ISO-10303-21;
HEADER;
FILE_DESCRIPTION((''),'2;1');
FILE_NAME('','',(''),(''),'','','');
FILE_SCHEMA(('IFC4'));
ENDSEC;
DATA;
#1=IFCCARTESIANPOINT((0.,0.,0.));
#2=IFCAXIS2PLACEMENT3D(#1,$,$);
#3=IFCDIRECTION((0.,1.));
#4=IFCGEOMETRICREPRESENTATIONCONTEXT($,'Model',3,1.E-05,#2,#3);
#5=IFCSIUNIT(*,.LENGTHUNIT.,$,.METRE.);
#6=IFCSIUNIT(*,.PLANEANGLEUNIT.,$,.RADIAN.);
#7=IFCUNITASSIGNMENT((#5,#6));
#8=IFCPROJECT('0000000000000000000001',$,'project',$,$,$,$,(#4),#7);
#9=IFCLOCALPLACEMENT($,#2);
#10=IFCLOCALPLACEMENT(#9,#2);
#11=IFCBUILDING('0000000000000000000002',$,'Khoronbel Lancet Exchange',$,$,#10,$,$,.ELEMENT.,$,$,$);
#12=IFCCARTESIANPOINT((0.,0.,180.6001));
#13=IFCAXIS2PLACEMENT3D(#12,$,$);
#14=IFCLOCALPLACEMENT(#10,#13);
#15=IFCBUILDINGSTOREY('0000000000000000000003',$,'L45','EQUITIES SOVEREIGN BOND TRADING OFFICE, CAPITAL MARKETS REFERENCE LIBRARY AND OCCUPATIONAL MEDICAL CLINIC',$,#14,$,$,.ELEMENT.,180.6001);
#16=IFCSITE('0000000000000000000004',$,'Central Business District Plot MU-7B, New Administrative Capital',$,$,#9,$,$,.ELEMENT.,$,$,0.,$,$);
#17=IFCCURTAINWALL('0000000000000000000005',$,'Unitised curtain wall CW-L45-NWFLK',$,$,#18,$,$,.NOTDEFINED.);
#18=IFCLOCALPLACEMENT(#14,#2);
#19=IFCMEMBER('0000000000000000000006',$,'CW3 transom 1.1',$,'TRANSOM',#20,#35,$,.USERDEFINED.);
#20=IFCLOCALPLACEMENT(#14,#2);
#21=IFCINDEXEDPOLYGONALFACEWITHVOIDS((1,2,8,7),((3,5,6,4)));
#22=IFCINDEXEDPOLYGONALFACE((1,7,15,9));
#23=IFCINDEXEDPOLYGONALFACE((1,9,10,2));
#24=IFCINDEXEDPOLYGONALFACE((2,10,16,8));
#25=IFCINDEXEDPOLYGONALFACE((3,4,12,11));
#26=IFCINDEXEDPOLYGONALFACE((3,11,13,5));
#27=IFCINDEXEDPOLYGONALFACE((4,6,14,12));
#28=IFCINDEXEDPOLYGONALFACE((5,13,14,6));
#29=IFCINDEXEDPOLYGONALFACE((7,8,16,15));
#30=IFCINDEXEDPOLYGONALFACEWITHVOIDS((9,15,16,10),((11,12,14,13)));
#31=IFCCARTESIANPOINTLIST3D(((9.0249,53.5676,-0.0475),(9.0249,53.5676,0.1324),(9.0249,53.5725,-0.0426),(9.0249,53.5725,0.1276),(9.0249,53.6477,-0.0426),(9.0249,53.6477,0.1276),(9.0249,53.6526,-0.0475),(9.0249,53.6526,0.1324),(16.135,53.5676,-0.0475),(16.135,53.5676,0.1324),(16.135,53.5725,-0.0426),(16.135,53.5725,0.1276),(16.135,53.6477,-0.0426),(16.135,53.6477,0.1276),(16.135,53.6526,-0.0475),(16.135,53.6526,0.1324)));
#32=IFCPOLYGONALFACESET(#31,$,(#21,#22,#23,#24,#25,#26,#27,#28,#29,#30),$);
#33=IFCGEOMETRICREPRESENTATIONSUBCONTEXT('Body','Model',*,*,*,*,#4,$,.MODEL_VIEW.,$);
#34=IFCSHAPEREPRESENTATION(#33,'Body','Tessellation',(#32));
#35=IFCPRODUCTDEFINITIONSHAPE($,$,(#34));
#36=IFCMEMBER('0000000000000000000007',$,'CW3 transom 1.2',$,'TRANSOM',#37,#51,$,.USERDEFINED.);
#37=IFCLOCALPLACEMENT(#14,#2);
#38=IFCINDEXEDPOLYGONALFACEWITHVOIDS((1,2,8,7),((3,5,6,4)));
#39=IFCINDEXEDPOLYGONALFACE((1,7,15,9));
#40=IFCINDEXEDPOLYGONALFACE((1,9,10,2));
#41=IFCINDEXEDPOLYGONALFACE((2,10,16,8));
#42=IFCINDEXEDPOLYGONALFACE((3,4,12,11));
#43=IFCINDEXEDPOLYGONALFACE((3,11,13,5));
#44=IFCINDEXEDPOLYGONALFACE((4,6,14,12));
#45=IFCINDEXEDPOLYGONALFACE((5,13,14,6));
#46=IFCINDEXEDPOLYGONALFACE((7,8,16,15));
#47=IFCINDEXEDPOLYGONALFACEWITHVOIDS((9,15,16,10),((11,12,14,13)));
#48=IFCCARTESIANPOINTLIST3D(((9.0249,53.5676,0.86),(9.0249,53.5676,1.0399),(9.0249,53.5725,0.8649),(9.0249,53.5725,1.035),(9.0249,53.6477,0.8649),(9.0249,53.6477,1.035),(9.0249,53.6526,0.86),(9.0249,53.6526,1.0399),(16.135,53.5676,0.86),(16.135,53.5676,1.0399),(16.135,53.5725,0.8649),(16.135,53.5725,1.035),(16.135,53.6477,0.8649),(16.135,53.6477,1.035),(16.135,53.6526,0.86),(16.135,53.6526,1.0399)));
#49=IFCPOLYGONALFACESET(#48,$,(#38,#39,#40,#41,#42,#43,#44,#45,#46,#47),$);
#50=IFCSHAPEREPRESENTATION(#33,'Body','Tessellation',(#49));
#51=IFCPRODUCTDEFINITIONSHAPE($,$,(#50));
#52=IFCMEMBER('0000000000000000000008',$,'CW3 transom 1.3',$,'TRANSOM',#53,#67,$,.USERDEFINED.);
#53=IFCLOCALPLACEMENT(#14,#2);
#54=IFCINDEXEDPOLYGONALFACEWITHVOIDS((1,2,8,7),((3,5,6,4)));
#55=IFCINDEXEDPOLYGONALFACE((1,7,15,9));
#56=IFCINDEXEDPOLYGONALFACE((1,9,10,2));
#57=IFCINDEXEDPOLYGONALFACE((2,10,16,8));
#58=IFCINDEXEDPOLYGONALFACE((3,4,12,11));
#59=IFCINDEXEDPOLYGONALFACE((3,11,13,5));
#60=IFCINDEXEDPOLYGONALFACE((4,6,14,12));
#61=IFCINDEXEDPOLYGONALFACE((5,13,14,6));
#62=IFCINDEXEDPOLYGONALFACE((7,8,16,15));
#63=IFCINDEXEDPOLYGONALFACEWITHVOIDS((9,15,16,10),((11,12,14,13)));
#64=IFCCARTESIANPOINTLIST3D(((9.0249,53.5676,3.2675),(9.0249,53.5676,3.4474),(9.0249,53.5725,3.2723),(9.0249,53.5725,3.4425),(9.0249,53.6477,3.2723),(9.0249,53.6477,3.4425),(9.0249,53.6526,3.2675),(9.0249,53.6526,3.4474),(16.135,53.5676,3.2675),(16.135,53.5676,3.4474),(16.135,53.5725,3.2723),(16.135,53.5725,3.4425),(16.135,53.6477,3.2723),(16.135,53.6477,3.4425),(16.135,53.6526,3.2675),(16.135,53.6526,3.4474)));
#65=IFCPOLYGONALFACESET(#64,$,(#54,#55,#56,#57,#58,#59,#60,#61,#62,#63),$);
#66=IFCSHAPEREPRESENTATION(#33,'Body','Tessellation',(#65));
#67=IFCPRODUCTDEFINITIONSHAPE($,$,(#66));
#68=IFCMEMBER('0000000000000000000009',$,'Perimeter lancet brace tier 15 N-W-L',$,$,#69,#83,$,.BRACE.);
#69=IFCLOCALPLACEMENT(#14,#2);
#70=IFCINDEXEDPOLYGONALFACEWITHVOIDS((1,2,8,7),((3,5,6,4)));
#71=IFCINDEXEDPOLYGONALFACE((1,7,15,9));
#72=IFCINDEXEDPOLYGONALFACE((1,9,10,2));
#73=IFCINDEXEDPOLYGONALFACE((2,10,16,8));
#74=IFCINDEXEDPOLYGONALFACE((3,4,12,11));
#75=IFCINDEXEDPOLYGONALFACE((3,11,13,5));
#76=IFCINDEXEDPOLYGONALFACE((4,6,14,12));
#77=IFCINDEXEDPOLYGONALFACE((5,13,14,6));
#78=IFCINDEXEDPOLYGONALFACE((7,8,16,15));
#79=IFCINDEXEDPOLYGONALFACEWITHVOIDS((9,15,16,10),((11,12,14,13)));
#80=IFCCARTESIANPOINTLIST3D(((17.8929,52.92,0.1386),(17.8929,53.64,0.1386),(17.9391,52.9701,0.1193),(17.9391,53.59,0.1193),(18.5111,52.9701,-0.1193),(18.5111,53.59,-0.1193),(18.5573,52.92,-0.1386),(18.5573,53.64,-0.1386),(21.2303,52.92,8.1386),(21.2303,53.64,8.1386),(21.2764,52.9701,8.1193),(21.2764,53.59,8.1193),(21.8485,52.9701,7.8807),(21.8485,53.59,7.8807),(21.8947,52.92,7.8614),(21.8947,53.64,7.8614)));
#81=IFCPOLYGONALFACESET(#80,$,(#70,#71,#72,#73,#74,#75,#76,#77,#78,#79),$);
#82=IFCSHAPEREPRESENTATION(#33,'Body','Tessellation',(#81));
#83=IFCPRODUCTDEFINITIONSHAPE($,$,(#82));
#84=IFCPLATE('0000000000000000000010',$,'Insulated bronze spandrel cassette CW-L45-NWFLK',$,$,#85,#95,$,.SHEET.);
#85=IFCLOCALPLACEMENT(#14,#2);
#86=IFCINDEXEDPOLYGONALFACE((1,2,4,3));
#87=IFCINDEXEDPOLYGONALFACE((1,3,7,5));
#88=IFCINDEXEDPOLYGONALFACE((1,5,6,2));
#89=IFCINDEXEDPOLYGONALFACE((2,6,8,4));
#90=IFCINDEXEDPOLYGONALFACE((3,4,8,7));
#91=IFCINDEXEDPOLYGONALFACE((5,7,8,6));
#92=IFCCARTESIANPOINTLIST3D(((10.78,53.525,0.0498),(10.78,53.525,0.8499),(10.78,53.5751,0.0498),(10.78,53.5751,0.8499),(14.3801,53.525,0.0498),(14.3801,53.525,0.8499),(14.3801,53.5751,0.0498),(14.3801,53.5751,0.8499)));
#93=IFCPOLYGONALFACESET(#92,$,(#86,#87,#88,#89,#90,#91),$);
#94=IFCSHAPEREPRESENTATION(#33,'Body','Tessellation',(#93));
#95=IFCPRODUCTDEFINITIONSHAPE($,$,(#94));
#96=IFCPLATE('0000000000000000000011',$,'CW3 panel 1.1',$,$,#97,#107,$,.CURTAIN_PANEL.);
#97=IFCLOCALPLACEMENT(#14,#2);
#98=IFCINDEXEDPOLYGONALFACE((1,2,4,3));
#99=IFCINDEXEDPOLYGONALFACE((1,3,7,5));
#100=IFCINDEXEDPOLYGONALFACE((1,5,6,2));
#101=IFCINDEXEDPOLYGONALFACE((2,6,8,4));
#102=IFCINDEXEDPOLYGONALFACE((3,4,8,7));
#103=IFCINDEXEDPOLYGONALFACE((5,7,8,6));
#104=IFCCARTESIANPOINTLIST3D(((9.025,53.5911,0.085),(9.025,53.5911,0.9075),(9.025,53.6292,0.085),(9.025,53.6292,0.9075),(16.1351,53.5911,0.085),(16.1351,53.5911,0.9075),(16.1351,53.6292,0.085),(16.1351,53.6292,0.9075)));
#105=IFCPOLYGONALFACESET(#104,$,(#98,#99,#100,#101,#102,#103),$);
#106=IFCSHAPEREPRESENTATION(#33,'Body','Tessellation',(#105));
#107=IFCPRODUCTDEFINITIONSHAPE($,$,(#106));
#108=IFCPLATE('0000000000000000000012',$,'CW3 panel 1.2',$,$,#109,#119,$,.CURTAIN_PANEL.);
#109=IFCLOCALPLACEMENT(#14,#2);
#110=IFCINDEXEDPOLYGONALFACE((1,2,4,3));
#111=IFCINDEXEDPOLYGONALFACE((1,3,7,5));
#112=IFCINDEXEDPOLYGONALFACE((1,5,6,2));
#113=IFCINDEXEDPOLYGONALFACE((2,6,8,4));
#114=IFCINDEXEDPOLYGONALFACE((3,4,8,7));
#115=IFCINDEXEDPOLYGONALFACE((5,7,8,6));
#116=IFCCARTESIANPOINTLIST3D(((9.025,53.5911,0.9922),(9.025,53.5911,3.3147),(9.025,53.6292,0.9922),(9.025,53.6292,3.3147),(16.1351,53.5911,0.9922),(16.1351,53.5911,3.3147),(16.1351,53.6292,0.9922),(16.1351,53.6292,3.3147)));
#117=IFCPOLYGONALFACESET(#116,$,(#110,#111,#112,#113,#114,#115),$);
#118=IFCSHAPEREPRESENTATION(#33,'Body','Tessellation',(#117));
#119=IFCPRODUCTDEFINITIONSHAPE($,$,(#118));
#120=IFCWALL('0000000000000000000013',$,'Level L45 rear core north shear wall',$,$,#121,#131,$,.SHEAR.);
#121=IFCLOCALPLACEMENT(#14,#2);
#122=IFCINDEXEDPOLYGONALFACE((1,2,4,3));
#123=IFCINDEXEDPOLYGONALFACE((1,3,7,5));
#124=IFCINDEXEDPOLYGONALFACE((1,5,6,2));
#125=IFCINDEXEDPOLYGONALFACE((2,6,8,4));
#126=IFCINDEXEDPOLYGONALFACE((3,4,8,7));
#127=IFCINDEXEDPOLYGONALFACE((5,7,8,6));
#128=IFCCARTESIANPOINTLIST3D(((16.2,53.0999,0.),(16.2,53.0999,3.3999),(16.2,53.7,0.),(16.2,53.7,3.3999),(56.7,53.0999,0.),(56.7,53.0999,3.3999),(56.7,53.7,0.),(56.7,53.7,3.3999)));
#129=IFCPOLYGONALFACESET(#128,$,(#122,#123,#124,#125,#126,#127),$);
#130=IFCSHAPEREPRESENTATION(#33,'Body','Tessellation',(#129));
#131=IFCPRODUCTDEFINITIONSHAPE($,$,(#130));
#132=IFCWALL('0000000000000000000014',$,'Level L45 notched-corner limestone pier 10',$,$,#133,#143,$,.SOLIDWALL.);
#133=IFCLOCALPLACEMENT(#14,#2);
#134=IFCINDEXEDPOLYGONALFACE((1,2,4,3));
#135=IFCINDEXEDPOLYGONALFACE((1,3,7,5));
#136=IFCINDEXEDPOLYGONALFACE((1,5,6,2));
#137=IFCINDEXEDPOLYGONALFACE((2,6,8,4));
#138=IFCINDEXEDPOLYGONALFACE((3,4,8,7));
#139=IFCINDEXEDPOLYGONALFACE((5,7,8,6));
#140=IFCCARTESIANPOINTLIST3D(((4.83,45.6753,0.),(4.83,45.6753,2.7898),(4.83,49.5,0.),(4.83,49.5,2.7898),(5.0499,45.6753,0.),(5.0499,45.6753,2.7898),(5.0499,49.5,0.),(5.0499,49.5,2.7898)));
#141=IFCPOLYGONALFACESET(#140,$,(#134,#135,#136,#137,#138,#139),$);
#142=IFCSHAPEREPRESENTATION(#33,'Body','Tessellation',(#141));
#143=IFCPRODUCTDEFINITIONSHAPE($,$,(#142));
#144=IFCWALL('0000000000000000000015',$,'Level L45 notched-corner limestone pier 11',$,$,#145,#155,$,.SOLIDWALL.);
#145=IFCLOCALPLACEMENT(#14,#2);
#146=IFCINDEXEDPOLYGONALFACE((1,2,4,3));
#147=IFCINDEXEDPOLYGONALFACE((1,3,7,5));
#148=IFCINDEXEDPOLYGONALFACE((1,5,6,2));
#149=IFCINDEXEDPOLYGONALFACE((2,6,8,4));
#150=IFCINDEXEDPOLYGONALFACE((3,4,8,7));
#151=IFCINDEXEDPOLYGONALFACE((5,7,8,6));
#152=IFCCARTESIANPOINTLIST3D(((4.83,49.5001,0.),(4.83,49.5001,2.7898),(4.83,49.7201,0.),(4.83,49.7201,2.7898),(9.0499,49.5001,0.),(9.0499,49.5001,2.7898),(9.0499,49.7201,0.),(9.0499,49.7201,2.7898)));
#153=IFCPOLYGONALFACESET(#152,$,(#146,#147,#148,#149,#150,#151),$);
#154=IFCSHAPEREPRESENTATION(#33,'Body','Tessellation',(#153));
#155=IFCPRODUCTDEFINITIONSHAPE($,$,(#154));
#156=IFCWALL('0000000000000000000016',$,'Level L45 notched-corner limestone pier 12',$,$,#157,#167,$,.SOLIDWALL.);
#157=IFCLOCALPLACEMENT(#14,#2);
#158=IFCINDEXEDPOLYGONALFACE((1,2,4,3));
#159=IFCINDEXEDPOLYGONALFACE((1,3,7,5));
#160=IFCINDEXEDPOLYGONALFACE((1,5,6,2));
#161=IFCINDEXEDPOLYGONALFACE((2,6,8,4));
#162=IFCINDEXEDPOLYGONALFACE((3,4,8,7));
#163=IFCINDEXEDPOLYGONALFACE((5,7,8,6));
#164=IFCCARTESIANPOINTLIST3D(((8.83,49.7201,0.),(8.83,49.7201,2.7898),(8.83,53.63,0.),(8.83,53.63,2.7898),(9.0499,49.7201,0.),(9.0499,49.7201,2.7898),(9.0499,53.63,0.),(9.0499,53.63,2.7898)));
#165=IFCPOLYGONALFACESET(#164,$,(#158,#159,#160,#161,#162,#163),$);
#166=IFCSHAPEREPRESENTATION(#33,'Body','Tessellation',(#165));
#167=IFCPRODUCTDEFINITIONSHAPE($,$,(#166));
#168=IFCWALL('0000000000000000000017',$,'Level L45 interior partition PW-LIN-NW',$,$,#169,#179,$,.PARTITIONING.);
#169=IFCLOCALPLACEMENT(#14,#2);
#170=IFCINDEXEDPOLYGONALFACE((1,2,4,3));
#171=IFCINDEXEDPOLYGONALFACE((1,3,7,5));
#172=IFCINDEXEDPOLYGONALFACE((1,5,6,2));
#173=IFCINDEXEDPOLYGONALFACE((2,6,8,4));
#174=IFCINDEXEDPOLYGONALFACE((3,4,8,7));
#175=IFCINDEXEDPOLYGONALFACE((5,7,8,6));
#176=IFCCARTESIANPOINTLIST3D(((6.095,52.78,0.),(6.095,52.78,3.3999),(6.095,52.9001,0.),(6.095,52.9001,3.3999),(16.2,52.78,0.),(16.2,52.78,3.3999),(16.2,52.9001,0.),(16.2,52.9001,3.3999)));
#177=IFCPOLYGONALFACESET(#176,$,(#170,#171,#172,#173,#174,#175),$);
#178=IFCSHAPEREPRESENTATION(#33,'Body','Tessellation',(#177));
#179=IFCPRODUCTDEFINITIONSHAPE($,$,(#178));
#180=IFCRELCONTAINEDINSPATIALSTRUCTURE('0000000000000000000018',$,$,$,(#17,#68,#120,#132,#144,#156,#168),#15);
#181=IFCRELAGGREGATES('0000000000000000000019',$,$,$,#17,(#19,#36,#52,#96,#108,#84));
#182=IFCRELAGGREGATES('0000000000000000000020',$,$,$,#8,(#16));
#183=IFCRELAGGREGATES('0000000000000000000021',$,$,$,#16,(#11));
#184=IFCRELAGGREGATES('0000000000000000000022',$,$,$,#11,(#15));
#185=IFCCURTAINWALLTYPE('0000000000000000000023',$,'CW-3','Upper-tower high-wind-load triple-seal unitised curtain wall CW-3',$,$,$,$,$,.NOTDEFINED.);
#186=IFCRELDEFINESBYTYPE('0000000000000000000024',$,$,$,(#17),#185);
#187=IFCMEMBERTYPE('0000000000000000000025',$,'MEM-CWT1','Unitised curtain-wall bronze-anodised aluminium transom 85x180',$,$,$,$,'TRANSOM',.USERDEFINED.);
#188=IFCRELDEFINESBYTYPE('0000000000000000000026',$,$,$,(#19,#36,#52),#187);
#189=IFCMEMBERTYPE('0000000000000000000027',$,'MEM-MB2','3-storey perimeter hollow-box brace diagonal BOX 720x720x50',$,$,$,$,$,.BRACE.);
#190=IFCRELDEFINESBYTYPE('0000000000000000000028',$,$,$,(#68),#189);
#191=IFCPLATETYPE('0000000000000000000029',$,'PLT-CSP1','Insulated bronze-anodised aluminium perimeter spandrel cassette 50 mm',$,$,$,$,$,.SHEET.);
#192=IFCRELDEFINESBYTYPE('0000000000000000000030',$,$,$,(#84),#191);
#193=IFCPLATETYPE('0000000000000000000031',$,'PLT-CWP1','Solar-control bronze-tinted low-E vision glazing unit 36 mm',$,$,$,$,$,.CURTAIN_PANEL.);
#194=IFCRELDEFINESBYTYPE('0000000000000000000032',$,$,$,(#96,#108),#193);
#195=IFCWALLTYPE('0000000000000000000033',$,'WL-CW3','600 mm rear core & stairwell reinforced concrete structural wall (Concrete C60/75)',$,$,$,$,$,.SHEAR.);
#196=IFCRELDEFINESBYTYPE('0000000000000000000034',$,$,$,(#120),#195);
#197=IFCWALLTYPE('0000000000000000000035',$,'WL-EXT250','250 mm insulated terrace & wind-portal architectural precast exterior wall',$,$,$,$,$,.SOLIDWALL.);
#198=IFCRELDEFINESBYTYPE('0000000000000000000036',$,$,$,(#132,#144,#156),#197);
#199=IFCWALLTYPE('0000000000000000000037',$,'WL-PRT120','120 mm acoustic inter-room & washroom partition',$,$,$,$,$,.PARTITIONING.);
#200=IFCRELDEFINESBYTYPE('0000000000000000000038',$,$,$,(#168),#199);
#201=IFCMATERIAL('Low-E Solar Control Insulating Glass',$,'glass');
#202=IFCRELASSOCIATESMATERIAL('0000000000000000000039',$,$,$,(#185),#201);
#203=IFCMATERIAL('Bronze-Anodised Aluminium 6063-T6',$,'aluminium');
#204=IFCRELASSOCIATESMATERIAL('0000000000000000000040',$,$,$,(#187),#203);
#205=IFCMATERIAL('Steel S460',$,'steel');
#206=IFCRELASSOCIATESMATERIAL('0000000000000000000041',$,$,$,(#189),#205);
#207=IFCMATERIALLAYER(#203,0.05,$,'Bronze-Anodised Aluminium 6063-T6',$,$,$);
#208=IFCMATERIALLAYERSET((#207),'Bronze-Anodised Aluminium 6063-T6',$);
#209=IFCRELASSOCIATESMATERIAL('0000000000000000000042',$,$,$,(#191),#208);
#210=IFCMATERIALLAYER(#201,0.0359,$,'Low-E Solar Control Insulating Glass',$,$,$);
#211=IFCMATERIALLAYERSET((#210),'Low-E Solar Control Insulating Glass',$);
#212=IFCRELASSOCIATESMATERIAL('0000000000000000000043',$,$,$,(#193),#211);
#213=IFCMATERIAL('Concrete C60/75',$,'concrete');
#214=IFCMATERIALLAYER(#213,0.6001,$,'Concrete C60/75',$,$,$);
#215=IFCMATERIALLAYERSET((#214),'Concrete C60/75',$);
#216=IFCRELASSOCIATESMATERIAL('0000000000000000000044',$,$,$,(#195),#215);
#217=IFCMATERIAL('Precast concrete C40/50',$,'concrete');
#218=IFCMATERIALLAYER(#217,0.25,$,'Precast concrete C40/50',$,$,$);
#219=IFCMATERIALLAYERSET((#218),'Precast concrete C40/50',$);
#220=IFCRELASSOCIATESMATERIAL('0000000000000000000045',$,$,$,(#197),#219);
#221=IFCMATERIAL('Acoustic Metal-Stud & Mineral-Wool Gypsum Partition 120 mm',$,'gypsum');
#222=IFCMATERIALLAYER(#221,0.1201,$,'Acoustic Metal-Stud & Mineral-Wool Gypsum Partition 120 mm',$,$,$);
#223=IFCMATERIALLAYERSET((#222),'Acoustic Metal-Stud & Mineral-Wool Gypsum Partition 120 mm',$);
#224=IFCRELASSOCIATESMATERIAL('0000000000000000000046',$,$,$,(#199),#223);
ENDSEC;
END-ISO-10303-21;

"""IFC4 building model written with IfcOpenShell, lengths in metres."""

from ifc_helpers import new_model, si_unit, direction, frame, frame_2d, origin, origin_2d, place, context, subcontext, project, spatial, rectangle, hollow_rectangle, extrude, material, layer, layer_set, material_profile, profile_set, type_object, element, aggregate, save


model = new_model("IFC4")

# Units and contexts
model_context = context("Model", 3, precision=1e-05, world=origin(), true_north=direction((0.0, 1.0)))
body_context = subcontext(model_context, "Body", "Model", "MODEL_VIEW")
ifc_project = project(units=[si_unit("LENGTHUNIT", "METRE"), si_unit("PLANEANGLEUNIT", "RADIAN")], contexts=[model_context])

# Site, building, storey
site_placement = place(None, origin())
site = spatial("IfcSite", under=ifc_project, at=site_placement, Name="Central Business District Plot MU-7B, New Administrative Capital", CompositionType="ELEMENT", RefElevation=0.0)
building_placement = place(site_placement, origin())
building = spatial("IfcBuilding", under=site, at=building_placement, Name="Khoronbel Lancet Exchange", CompositionType="ELEMENT")
storey_placement = place(building_placement, frame((0.0, 0.0, 180.6001)))
storey = spatial("IfcBuildingStorey", under=building, at=storey_placement, Name="L45", Description="EQUITIES SOVEREIGN BOND TRADING OFFICE, CAPITAL MARKETS REFERENCE LIBRARY AND OCCUPATIONAL MEDICAL CLINIC", CompositionType="ELEMENT", Elevation=180.6001)

# Shared definitions
ifc_material_1 = material(Name="Steel S460", Category="steel")

# Curtain wall
ifc_material_2 = material(Name="Low-E Solar Control Insulating Glass", Category="glass")
curtain_wall_type_1 = type_object("IfcCurtainWallType", Name="CW-3", Description="Upper-tower high-wind-load triple-seal unitised curtain wall CW-3", PredefinedType="NOTDEFINED", material=ifc_material_2)
curtain_wall_1_placement = place(storey_placement, origin())
curtain_wall_1 = element("IfcCurtainWall", 1, at=curtain_wall_1_placement, inside=storey, type_object=curtain_wall_type_1, Name="Unitised curtain wall CW-L45-NWFLK", PredefinedType="NOTDEFINED")
ifc_material_3 = material(Name="Bronze-Anodised Aluminium 6063-T6", Category="aluminium")

# Members
ifc_material_profile_1 = material_profile(ifc_material_3, hollow_rectangle(XDim=0.085, YDim=0.1799, WallThickness=0.0049, at=origin_2d()), Name="ALU TRANSOM 85x180")
ifc_profile_set_1 = profile_set([ifc_material_profile_1], Name="Bronze-Anodised Aluminium 6063-T6")
member_type_1 = type_object("IfcMemberType", Name="MEM-CWT1", Description="Unitised curtain-wall bronze-anodised aluminium transom 85x180", ElementType="TRANSOM", PredefinedType="USERDEFINED", material=ifc_profile_set_1)
member_1_placement = place(storey_placement, frame((16.135, 53.6101, 0.0425), z_axis=(-1.0, 0.0, 0.0), x_axis=(0.0, -1.0, 0.0)))
member_1 = element("IfcMember", 2, at=member_1_placement, type_object=member_type_1, Name="CW3 transom 1.1", ObjectType="TRANSOM", PredefinedType="USERDEFINED", context=body_context, shape_type="SweptSolid", body=[
    extrude(hollow_rectangle(XDim=0.085, YDim=0.1799, WallThickness=0.0049, at=origin_2d()), origin(), (0.0, 0.0, 1.0), 7.1101),
])
member_2_placement = place(storey_placement, frame((16.135, 53.6101, 0.95), z_axis=(-1.0, 0.0, 0.0), x_axis=(0.0, -1.0, 0.0)))
member_2 = element("IfcMember", 3, at=member_2_placement, type_object=member_type_1, Name="CW3 transom 1.2", ObjectType="TRANSOM", PredefinedType="USERDEFINED", context=body_context, shape_type="SweptSolid", body=[
    extrude(hollow_rectangle(XDim=0.085, YDim=0.1799, WallThickness=0.0049, at=origin_2d()), origin(), (0.0, 0.0, 1.0), 7.1101),
])
member_3_placement = place(storey_placement, frame((16.135, 53.6101, 3.3574), z_axis=(-1.0, 0.0, 0.0), x_axis=(0.0, -1.0, 0.0)))
member_3 = element("IfcMember", 4, at=member_3_placement, type_object=member_type_1, Name="CW3 transom 1.3", ObjectType="TRANSOM", PredefinedType="USERDEFINED", context=body_context, shape_type="SweptSolid", body=[
    extrude(hollow_rectangle(XDim=0.085, YDim=0.1799, WallThickness=0.0049, at=origin_2d()), origin(), (0.0, 0.0, 1.0), 7.1101),
])
ifc_material_profile_2 = material_profile(ifc_material_1, hollow_rectangle(XDim=0.72, YDim=0.72, WallThickness=0.05, at=origin_2d()), Name="BOX 720x720x50")
ifc_profile_set_2 = profile_set([ifc_material_profile_2], Name="Steel S460")
member_type_2 = type_object("IfcMemberType", Name="MEM-MB2", Description="3-storey perimeter hollow-box brace diagonal BOX 720x720x50", PredefinedType="BRACE", material=ifc_profile_set_2)
member_4_placement = place(storey_placement, frame((18.2251, 53.28, 0.0), z_axis=(0.385015, 0.0, 0.92291), x_axis=(0.0, 1.0, 0.0)))
element("IfcMember", 5, at=member_4_placement, inside=storey, type_object=member_type_2, Name="Perimeter lancet brace tier 15 N-W-L", PredefinedType="BRACE", context=body_context, shape_type="SweptSolid", body=[
    extrude(hollow_rectangle(XDim=0.72, YDim=0.72, WallThickness=0.05, at=origin_2d()), origin(), (0.0, 0.0, 1.0), 8.6682),
])

# Plates
ifc_layer_1 = layer(ifc_material_3, 0.05, Name="Bronze-Anodised Aluminium 6063-T6")
ifc_layer_set_1 = layer_set([ifc_layer_1], Name="Bronze-Anodised Aluminium 6063-T6")
plate_type_1 = type_object("IfcPlateType", Name="PLT-CSP1", Description="Insulated bronze-anodised aluminium perimeter spandrel cassette 50 mm", PredefinedType="SHEET", material=ifc_layer_set_1)
plate_1_placement = place(storey_placement, frame((12.5801, 53.55, 0.0498), z_axis=(0.0, 0.0, 1.0), x_axis=(-1.0, 0.0, 0.0)))
plate_1 = element("IfcPlate", 6, at=plate_1_placement, type_object=plate_type_1, Name="Insulated bronze spandrel cassette CW-L45-NWFLK", PredefinedType="SHEET", context=body_context, shape_type="SweptSolid", body=[
    extrude(rectangle(XDim=3.6001, YDim=0.05, at=origin_2d()), origin(), (0.0, 0.0, 1.0), 0.8),
])
ifc_layer_2 = layer(ifc_material_2, 0.0359, Name="Low-E Solar Control Insulating Glass")
ifc_layer_set_2 = layer_set([ifc_layer_2], Name="Low-E Solar Control Insulating Glass")
plate_type_2 = type_object("IfcPlateType", Name="PLT-CWP1", Description="Solar-control bronze-tinted low-E vision glazing unit 36 mm", PredefinedType="CURTAIN_PANEL", material=ifc_layer_set_2)
plate_2_placement = place(storey_placement, frame((12.5801, 53.6101, 0.085), z_axis=(0.0, 0.0, 1.0), x_axis=(-1.0, 0.0, 0.0)))
plate_2 = element("IfcPlate", 7, at=plate_2_placement, type_object=plate_type_2, Name="CW3 panel 1.1", PredefinedType="CURTAIN_PANEL", context=body_context, shape_type="SweptSolid", body=[
    extrude(rectangle(XDim=7.1101, YDim=0.0381, at=origin_2d()), origin(), (0.0, 0.0, 1.0), 0.8225),
])
plate_3_placement = place(storey_placement, frame((12.5801, 53.6101, 0.9922), z_axis=(0.0, 0.0, 1.0), x_axis=(-1.0, 0.0, 0.0)))
plate_3 = element("IfcPlate", 8, at=plate_3_placement, type_object=plate_type_2, Name="CW3 panel 1.2", PredefinedType="CURTAIN_PANEL", context=body_context, shape_type="SweptSolid", body=[
    extrude(rectangle(XDim=7.1101, YDim=0.0381, at=origin_2d()), origin(), (0.0, 0.0, 1.0), 2.3225),
])
aggregate(curtain_wall_1, [member_1, member_2, member_3, plate_2, plate_3, plate_1])

# Walls
ifc_material_4 = material(Name="Concrete C60/75", Category="concrete")
ifc_layer_3 = layer(ifc_material_4, 0.6001, Name="Concrete C60/75")
ifc_layer_set_3 = layer_set([ifc_layer_3], Name="Concrete C60/75")
wall_type_1 = type_object("IfcWallType", Name="WL-CW3", Description="600 mm rear core & stairwell reinforced concrete structural wall (Concrete C60/75)", PredefinedType="SHEAR", material=ifc_layer_set_3)
wall_1_placement = place(storey_placement, frame((16.2, 53.3999, 0.0), z_axis=(0.0, 0.0, 1.0), x_axis=(1.0, 0.0, 0.0)))
element("IfcWall", 9, at=wall_1_placement, inside=storey, type_object=wall_type_1, Name="Level L45 rear core north shear wall", PredefinedType="SHEAR", context=body_context, shape_type="SweptSolid", body=[
    extrude(rectangle(XDim=40.5, YDim=0.6001, at=frame_2d((20.25, 0.0))), origin(), (0.0, 0.0, 1.0), 3.3999),
])
ifc_material_5 = material(Name="Precast concrete C40/50", Category="concrete")
ifc_layer_4 = layer(ifc_material_5, 0.25, Name="Precast concrete C40/50")
ifc_layer_set_4 = layer_set([ifc_layer_4], Name="Precast concrete C40/50")
wall_type_2 = type_object("IfcWallType", Name="WL-EXT250", Description="250 mm insulated terrace & wind-portal architectural precast exterior wall", PredefinedType="SOLIDWALL", material=ifc_layer_set_4)
wall_2_placement = place(storey_placement, frame((4.9399, 45.6753, 0.0), z_axis=(0.0, 0.0, 1.0), x_axis=(0.0, 1.0, 0.0)))
element("IfcWall", 10, at=wall_2_placement, inside=storey, type_object=wall_type_2, Name="Level L45 notched-corner limestone pier 10", PredefinedType="SOLIDWALL", context=body_context, shape_type="SweptSolid", body=[
    extrude(rectangle(XDim=3.8247, YDim=0.22, at=frame_2d((1.9124, 0.0))), origin(), (0.0, 0.0, 1.0), 2.7898),
])
wall_3_placement = place(storey_placement, frame((4.8301, 49.6101, 0.0), z_axis=(0.0, 0.0, 1.0), x_axis=(1.0, 0.0, 0.0)))
element("IfcWall", 11, at=wall_3_placement, inside=storey, type_object=wall_type_2, Name="Level L45 notched-corner limestone pier 11", PredefinedType="SOLIDWALL", context=body_context, shape_type="SweptSolid", body=[
    extrude(rectangle(XDim=4.22, YDim=0.22, at=frame_2d((2.1099, 0.0))), origin(), (0.0, 0.0, 1.0), 2.7898),
])
wall_4_placement = place(storey_placement, frame((8.9399, 49.72, 0.0), z_axis=(0.0, 0.0, 1.0), x_axis=(0.0, 1.0, 0.0)))
element("IfcWall", 12, at=wall_4_placement, inside=storey, type_object=wall_type_2, Name="Level L45 notched-corner limestone pier 12", PredefinedType="SOLIDWALL", context=body_context, shape_type="SweptSolid", body=[
    extrude(rectangle(XDim=3.9099, YDim=0.22, at=frame_2d((1.9551, 0.0))), origin(), (0.0, 0.0, 1.0), 2.7898),
])
ifc_material_6 = material(Name="Acoustic Metal-Stud & Mineral-Wool Gypsum Partition 120 mm", Category="gypsum")
ifc_layer_5 = layer(ifc_material_6, 0.1201, Name="Acoustic Metal-Stud & Mineral-Wool Gypsum Partition 120 mm")
ifc_layer_set_5 = layer_set([ifc_layer_5], Name="Acoustic Metal-Stud & Mineral-Wool Gypsum Partition 120 mm")
wall_type_3 = type_object("IfcWallType", Name="WL-PRT120", Description="120 mm acoustic inter-room & washroom partition", PredefinedType="PARTITIONING", material=ifc_layer_set_5)
wall_5_placement = place(storey_placement, frame((6.095, 52.8401, 0.0), z_axis=(0.0, 0.0, 1.0), x_axis=(1.0, 0.0, 0.0)))
element("IfcWall", 13, at=wall_5_placement, inside=storey, type_object=wall_type_3, Name="Level L45 interior partition PW-LIN-NW", PredefinedType="PARTITIONING", context=body_context, shape_type="SweptSolid", body=[
    extrude(rectangle(XDim=10.105, YDim=0.1201, at=frame_2d((5.0525, 0.0))), origin(), (0.0, 0.0, 1.0), 3.3999),
])

save(model, "model.ifc")
